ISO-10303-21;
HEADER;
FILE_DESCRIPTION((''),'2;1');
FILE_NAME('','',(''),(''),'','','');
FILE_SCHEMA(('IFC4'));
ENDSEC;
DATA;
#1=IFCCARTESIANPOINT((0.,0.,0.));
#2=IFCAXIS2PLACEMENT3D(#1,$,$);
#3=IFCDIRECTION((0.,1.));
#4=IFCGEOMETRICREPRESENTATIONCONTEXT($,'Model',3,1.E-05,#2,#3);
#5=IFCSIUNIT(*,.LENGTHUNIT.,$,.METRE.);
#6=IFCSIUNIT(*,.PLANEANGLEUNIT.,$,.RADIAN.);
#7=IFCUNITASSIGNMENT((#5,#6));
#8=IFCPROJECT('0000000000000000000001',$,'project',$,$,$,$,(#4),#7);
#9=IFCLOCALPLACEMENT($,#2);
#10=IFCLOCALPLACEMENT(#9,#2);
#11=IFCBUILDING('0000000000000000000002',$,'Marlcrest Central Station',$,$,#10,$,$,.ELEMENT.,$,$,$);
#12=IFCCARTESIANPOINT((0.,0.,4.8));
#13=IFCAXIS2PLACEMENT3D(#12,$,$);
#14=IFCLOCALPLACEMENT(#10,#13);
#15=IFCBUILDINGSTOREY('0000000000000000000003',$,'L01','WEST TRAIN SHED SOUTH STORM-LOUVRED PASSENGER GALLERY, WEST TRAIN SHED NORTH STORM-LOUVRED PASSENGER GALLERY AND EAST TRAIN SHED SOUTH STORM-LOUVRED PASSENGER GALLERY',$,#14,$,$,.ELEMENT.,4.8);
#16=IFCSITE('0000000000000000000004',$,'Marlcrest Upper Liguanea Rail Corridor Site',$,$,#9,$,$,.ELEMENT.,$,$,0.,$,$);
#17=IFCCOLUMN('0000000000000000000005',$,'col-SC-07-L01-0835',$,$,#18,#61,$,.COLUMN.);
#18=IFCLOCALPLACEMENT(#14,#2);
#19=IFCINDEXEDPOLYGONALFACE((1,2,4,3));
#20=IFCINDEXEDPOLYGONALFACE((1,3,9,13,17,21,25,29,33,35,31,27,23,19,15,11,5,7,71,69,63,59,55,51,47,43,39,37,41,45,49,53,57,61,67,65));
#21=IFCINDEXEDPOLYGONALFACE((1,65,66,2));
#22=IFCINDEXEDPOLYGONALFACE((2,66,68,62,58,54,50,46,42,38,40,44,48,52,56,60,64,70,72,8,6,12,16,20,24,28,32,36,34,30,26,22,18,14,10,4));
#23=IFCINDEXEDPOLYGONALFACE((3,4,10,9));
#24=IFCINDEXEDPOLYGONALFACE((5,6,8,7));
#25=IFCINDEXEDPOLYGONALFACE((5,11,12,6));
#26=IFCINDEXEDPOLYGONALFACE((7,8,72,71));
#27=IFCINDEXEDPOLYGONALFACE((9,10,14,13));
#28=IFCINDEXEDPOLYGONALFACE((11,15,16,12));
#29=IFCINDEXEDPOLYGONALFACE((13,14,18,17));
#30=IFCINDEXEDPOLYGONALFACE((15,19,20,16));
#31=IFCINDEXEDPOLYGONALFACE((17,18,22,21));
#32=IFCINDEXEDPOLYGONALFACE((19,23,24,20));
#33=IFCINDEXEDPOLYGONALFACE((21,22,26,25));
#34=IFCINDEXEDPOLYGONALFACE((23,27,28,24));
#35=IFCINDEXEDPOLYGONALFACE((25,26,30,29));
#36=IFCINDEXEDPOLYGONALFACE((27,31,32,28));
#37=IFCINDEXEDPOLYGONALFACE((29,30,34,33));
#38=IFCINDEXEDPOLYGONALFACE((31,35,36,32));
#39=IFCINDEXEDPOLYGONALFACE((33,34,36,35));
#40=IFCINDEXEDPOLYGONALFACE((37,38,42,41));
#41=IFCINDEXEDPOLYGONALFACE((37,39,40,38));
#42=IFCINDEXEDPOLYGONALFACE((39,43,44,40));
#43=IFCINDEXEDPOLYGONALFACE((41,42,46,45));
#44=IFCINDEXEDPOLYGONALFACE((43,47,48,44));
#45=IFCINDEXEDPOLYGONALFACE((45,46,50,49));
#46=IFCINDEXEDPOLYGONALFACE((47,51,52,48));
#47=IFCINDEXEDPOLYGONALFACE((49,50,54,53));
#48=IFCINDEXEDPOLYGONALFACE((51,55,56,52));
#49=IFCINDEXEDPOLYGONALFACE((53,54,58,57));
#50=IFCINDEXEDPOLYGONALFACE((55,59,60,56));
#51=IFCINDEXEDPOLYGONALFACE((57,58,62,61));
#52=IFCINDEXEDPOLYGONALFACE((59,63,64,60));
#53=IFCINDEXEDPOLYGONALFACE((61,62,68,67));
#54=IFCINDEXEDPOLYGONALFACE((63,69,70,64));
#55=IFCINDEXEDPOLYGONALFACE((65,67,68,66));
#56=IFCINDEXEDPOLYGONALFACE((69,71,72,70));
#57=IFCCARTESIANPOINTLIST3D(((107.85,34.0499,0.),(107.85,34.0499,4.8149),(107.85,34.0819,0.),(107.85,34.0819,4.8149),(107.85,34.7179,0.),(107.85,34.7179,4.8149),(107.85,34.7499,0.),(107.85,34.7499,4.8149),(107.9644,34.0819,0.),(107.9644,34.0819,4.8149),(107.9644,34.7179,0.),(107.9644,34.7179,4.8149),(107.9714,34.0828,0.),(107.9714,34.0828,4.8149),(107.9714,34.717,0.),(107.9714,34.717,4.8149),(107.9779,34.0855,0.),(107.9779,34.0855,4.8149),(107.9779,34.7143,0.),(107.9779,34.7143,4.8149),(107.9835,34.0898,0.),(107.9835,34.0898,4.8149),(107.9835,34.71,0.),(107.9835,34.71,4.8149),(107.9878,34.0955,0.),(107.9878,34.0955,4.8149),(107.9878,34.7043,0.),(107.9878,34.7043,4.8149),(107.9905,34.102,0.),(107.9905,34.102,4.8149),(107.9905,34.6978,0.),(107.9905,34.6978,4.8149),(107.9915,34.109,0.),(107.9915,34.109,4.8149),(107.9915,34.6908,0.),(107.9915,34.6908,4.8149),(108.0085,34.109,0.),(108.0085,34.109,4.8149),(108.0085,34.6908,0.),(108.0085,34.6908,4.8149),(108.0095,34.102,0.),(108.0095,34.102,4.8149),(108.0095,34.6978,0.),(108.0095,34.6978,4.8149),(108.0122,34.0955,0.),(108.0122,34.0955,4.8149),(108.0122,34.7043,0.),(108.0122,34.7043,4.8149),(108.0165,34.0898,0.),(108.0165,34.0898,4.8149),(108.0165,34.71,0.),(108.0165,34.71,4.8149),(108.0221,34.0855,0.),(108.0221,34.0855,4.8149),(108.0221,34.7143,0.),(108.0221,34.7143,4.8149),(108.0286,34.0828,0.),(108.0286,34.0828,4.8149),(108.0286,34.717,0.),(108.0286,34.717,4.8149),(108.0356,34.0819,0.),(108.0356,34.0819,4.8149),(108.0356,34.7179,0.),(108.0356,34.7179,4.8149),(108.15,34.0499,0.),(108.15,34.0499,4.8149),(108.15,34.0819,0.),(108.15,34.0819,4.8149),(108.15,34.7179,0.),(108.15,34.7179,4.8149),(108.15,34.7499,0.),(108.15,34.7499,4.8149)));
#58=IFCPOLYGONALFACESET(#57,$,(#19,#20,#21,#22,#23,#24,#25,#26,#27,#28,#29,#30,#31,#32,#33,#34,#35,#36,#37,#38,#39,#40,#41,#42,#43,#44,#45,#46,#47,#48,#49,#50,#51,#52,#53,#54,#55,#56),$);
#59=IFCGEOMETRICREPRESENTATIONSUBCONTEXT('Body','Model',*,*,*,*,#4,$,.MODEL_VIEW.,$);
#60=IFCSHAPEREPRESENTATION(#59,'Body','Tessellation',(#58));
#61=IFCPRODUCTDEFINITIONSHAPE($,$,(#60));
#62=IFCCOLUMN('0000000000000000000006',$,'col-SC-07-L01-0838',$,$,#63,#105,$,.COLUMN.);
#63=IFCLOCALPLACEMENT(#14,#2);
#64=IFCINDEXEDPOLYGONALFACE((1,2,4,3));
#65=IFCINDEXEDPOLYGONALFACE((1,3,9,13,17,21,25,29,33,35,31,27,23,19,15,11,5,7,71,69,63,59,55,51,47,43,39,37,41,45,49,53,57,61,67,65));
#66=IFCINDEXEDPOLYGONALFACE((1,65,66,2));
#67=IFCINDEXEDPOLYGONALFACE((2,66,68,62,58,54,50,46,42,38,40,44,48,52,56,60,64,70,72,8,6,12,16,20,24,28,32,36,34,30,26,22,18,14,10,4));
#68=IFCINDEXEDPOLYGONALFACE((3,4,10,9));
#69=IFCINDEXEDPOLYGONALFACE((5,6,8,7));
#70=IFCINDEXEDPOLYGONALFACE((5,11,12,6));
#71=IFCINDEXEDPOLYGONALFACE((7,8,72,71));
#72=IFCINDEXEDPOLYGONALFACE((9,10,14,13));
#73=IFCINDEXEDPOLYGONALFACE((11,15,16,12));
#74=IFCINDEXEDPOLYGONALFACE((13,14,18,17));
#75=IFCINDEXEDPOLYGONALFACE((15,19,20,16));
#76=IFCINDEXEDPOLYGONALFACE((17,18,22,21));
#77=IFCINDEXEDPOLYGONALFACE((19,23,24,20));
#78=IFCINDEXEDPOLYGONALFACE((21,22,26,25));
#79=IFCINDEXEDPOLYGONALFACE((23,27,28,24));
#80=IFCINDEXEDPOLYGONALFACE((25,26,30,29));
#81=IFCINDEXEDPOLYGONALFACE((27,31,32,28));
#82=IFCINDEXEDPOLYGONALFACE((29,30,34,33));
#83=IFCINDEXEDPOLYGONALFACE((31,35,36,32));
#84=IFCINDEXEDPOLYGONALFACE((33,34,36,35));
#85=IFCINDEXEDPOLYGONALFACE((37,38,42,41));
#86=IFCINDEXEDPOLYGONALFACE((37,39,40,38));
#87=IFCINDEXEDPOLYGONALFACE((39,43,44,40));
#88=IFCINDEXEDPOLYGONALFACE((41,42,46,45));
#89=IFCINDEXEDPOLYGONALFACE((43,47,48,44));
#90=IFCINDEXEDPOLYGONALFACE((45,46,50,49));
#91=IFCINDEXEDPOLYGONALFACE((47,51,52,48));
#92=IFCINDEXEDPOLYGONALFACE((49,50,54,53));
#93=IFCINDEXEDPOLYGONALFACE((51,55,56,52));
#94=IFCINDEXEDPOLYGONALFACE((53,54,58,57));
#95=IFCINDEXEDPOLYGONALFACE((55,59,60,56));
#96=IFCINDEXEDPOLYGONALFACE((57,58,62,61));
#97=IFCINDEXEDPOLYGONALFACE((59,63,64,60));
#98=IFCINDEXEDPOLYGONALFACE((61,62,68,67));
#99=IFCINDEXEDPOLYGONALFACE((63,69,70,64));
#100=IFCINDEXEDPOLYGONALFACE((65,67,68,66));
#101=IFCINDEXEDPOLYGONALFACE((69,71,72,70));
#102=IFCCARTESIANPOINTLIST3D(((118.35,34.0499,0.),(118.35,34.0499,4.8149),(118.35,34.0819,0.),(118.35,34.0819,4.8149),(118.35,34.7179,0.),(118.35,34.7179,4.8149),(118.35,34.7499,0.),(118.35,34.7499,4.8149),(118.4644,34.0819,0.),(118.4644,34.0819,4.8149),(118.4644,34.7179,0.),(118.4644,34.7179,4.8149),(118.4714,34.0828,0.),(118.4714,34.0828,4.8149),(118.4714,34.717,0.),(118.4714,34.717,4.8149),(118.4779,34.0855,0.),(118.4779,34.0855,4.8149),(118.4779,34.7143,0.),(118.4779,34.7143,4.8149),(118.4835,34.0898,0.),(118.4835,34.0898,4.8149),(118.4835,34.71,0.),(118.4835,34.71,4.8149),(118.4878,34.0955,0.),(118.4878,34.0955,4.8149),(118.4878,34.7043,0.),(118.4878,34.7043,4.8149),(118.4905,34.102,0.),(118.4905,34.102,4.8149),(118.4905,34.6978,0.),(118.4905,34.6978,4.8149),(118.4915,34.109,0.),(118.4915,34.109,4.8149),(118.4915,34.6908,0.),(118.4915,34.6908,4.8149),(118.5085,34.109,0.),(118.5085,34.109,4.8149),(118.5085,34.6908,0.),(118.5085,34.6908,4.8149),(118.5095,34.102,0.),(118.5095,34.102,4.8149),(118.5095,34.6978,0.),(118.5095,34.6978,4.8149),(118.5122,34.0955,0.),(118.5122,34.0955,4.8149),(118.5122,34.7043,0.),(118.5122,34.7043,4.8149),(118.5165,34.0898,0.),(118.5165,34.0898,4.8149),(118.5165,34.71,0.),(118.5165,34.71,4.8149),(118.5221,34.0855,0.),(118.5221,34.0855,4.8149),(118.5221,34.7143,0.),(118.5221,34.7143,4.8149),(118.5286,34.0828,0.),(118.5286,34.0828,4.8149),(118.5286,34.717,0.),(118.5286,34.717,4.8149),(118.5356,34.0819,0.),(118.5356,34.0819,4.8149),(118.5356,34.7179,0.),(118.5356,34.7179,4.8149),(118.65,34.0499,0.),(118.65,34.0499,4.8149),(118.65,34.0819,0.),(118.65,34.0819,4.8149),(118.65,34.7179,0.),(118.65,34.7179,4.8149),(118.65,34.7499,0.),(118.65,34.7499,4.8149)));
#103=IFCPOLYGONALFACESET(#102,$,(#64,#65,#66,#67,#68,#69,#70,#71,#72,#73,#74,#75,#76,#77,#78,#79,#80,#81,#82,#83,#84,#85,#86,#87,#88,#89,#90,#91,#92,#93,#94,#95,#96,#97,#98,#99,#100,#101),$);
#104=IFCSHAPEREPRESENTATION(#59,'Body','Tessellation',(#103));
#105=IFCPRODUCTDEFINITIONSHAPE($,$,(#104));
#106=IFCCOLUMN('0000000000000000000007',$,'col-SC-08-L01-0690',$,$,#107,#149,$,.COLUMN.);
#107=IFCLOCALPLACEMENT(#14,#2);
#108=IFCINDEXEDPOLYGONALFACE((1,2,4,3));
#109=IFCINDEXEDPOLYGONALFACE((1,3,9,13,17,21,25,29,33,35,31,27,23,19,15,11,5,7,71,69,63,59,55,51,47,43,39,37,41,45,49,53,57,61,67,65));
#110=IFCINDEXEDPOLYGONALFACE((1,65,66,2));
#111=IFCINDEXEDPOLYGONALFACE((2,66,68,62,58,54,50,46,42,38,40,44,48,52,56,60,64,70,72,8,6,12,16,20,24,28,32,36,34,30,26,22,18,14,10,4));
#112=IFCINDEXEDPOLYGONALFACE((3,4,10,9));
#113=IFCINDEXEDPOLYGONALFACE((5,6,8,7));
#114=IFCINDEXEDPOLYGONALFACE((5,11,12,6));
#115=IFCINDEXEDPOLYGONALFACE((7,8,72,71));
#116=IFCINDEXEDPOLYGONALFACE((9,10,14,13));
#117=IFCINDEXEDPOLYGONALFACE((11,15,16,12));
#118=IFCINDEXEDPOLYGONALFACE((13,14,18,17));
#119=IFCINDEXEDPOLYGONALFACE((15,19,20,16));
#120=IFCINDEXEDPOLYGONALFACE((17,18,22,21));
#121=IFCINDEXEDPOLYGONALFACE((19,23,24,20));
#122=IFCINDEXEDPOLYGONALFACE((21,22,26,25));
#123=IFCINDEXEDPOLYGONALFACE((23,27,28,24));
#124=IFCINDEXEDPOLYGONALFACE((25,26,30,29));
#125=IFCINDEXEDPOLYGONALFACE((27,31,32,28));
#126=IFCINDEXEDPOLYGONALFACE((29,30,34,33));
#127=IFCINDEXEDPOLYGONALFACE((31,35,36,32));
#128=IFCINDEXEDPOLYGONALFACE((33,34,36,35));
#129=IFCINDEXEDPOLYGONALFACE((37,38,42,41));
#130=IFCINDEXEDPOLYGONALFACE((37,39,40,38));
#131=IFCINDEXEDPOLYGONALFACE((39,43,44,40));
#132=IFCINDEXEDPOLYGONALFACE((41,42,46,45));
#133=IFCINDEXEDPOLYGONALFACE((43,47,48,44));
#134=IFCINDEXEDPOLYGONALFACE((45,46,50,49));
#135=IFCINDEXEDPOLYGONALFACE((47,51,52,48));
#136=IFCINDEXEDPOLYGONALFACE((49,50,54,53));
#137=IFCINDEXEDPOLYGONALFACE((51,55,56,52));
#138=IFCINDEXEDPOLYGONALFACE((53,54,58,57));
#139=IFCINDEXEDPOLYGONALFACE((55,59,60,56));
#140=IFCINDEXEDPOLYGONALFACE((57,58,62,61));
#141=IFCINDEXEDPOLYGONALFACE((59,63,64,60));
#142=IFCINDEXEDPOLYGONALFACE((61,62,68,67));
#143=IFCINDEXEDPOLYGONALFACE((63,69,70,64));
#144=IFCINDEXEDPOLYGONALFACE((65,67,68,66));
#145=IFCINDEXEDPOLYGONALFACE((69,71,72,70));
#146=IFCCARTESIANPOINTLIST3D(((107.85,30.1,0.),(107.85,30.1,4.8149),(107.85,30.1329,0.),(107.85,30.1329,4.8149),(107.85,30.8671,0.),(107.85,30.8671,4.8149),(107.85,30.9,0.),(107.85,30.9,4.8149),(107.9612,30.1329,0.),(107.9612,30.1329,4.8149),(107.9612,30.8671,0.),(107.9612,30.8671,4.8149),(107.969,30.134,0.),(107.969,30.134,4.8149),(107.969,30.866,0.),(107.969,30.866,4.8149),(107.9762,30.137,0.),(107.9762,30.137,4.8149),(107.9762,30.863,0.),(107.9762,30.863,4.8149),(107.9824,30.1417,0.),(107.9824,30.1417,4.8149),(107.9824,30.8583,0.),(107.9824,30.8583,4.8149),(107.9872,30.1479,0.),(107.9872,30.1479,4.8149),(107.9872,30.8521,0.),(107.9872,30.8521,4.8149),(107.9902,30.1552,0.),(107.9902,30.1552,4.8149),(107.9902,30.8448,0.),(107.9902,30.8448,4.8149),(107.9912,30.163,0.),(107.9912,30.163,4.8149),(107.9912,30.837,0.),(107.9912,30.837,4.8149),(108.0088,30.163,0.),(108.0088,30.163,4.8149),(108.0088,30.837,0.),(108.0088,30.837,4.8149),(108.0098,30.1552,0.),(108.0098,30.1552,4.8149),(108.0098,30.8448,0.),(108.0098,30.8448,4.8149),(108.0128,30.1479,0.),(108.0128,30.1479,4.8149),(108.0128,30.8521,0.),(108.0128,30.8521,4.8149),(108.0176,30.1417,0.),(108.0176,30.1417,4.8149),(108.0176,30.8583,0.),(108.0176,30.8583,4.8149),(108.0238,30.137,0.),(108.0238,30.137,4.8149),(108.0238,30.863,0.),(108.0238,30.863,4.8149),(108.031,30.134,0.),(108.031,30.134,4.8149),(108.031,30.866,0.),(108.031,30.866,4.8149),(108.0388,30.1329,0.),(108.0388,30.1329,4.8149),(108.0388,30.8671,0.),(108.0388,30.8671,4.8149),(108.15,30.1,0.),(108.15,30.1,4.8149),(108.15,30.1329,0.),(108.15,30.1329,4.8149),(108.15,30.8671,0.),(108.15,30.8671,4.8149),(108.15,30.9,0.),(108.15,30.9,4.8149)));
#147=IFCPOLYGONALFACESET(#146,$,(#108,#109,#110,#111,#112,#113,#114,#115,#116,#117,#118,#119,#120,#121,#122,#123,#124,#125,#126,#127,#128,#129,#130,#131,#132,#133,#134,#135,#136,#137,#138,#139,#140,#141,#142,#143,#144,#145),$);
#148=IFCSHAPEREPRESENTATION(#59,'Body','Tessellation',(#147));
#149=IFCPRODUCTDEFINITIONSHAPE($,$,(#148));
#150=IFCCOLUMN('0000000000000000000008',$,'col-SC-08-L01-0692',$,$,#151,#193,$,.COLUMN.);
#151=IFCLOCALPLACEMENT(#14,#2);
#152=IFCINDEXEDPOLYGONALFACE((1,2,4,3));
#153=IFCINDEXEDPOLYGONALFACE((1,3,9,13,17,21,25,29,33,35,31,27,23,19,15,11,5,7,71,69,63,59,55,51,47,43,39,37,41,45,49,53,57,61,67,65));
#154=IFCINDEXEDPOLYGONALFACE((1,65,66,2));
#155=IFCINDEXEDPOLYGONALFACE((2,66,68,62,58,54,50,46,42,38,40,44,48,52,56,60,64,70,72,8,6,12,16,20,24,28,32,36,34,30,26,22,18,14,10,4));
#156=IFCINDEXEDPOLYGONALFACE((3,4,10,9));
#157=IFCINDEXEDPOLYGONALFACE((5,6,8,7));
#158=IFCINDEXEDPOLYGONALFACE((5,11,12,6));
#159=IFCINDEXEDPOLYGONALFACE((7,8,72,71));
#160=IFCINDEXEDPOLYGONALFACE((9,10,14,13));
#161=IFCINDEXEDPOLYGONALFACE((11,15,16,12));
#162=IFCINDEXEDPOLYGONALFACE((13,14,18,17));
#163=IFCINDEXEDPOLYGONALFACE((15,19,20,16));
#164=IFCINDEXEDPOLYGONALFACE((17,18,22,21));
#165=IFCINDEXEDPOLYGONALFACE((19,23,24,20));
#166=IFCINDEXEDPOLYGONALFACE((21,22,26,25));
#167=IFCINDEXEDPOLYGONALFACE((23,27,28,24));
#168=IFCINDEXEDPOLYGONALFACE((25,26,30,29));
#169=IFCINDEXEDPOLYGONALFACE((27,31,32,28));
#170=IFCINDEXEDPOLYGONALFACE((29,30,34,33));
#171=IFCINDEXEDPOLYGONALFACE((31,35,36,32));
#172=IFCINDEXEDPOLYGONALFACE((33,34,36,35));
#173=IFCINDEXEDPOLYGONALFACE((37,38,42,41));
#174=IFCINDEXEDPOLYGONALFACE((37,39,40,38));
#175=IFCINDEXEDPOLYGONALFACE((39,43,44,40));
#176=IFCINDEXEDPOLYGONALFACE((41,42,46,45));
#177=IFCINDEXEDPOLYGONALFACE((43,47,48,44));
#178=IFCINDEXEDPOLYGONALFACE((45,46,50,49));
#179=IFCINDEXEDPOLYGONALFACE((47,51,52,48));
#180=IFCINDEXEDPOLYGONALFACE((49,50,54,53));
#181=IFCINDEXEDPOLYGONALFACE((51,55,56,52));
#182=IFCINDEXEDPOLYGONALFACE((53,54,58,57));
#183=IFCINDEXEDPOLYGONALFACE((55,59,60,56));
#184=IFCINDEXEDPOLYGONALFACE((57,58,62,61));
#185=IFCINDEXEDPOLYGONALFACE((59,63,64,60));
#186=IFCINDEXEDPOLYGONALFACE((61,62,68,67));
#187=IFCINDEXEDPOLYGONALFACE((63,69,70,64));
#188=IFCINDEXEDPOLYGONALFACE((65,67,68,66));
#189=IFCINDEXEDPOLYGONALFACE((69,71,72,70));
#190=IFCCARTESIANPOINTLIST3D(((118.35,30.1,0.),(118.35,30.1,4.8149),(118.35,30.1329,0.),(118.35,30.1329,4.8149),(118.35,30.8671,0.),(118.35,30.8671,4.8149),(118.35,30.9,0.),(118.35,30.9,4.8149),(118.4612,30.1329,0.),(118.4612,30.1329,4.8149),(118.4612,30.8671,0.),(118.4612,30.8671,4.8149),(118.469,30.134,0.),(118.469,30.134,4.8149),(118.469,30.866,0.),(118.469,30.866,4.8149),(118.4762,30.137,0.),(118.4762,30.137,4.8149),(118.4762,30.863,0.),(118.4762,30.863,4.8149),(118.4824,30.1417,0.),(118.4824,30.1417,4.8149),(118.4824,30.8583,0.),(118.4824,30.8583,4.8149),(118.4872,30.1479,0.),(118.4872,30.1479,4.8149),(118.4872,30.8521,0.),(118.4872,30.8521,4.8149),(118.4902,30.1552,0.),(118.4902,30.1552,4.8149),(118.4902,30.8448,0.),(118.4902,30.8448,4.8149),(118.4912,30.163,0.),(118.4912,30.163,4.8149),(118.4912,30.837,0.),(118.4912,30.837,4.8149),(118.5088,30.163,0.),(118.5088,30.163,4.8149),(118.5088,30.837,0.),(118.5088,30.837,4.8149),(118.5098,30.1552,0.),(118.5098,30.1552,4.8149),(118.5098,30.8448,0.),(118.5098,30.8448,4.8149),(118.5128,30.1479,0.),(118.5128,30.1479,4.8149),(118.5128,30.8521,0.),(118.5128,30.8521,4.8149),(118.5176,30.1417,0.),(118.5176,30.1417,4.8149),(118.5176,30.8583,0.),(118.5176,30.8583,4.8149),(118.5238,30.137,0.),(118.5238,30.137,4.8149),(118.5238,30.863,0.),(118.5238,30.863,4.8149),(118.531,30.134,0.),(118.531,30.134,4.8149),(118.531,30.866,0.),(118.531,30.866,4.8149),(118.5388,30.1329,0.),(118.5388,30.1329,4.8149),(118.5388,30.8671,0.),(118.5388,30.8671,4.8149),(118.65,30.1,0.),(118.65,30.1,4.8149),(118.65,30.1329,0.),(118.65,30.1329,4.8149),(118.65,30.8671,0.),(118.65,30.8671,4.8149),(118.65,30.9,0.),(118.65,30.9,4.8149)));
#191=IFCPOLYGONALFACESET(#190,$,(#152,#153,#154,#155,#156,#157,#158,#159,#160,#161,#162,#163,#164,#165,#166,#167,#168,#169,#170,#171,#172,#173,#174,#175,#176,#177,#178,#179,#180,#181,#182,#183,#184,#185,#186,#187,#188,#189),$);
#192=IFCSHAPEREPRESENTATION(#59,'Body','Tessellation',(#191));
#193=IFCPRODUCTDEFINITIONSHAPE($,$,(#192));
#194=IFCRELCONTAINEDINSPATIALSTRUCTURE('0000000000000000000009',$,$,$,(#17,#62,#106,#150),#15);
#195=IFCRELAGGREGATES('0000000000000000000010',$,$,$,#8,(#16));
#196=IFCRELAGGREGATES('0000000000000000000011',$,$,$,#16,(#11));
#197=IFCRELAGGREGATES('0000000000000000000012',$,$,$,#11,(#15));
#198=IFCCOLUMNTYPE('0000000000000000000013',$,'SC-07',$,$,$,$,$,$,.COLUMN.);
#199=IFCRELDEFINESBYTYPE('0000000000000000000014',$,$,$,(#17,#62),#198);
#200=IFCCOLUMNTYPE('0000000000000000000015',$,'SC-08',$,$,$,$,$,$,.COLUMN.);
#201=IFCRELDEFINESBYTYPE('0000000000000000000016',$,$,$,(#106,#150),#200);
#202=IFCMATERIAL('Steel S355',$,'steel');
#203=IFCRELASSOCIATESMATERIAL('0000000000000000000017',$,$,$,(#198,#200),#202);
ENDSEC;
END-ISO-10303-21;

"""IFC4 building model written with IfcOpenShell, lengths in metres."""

from ifc_helpers import new_model, si_unit, direction, frame, origin, origin_2d, place, context, subcontext, project, spatial, i_section, extrude, material, material_profile, profile_set, type_object, element, save


model = new_model("IFC4")

# Units and contexts
model_context = context("Model", 3, precision=1e-05, world=origin(), true_north=direction((0.0, 1.0)))
body_context = subcontext(model_context, "Body", "Model", "MODEL_VIEW")
ifc_project = project(units=[si_unit("LENGTHUNIT", "METRE"), si_unit("PLANEANGLEUNIT", "RADIAN")], contexts=[model_context])

# Site, building, storey
site_placement = place(None, origin())
site = spatial("IfcSite", under=ifc_project, at=site_placement, Name="Marlcrest Upper Liguanea Rail Corridor Site", CompositionType="ELEMENT", RefElevation=0.0)
building_placement = place(site_placement, origin())
building = spatial("IfcBuilding", under=site, at=building_placement, Name="Marlcrest Central Station", CompositionType="ELEMENT")
storey_placement = place(building_placement, frame((0.0, 0.0, 4.8)))
storey = spatial("IfcBuildingStorey", under=building, at=storey_placement, Name="L01", Description="WEST TRAIN SHED SOUTH STORM-LOUVRED PASSENGER GALLERY, WEST TRAIN SHED NORTH STORM-LOUVRED PASSENGER GALLERY AND EAST TRAIN SHED SOUTH STORM-LOUVRED PASSENGER GALLERY", CompositionType="ELEMENT", Elevation=4.8)

# Columns
ifc_material_1 = material(Name="Steel S355", Category="steel")
ifc_material_profile_1 = material_profile(ifc_material_1, i_section(OverallWidth=0.3, OverallDepth=0.7, WebThickness=0.0171, FlangeThickness=0.032, FilletRadius=0.0271, at=origin_2d()), Name="HEB 700")
ifc_profile_set_1 = profile_set([ifc_material_profile_1], Name="Steel S355")
column_type_1 = type_object("IfcColumnType", Name="SC-07", PredefinedType="COLUMN", material=ifc_profile_set_1)
for number, where, z_axis, x_axis, name in (
    (1, (108.0, 34.3999, 0.0), (0.0, 0.0, 1.0), (1.0, 0.0, 0.0), "col-SC-07-L01-0835"),
    (2, (118.5, 34.3999, 0.0), (0.0, 0.0, 1.0), (1.0, 0.0, 0.0), "col-SC-07-L01-0838"),
):
    element("IfcColumn", number, at=place(storey_placement, frame(where, z_axis=z_axis, x_axis=x_axis)), inside=storey, type_object=column_type_1, Name=name, PredefinedType="COLUMN", context=body_context, shape_type="SweptSolid", body=[
        extrude(i_section(OverallWidth=0.3, OverallDepth=0.7, WebThickness=0.0171, FlangeThickness=0.032, FilletRadius=0.0271, at=origin_2d()), origin(), (0.0, 0.0, 1.0), 4.8149),
    ])
ifc_material_profile_2 = material_profile(ifc_material_1, i_section(OverallWidth=0.3, OverallDepth=0.8, WebThickness=0.0176, FlangeThickness=0.033, FilletRadius=0.03, at=origin_2d()), Name="HEB 800")
ifc_profile_set_2 = profile_set([ifc_material_profile_2], Name="Steel S355")
column_type_2 = type_object("IfcColumnType", Name="SC-08", PredefinedType="COLUMN", material=ifc_profile_set_2)
for number, where, z_axis, x_axis, name in (
    (3, (108.0, 30.5, 0.0), (0.0, 0.0, 1.0), (1.0, 0.0, 0.0), "col-SC-08-L01-0690"),
    (4, (118.5, 30.5, 0.0), (0.0, 0.0, 1.0), (1.0, 0.0, 0.0), "col-SC-08-L01-0692"),
):
    element("IfcColumn", number, at=place(storey_placement, frame(where, z_axis=z_axis, x_axis=x_axis)), inside=storey, type_object=column_type_2, Name=name, PredefinedType="COLUMN", context=body_context, shape_type="SweptSolid", body=[
        extrude(i_section(OverallWidth=0.3, OverallDepth=0.8, WebThickness=0.0176, FlangeThickness=0.033, FilletRadius=0.03, at=origin_2d()), origin(), (0.0, 0.0, 1.0), 4.8149),
    ])

save(model, "model.ifc")
